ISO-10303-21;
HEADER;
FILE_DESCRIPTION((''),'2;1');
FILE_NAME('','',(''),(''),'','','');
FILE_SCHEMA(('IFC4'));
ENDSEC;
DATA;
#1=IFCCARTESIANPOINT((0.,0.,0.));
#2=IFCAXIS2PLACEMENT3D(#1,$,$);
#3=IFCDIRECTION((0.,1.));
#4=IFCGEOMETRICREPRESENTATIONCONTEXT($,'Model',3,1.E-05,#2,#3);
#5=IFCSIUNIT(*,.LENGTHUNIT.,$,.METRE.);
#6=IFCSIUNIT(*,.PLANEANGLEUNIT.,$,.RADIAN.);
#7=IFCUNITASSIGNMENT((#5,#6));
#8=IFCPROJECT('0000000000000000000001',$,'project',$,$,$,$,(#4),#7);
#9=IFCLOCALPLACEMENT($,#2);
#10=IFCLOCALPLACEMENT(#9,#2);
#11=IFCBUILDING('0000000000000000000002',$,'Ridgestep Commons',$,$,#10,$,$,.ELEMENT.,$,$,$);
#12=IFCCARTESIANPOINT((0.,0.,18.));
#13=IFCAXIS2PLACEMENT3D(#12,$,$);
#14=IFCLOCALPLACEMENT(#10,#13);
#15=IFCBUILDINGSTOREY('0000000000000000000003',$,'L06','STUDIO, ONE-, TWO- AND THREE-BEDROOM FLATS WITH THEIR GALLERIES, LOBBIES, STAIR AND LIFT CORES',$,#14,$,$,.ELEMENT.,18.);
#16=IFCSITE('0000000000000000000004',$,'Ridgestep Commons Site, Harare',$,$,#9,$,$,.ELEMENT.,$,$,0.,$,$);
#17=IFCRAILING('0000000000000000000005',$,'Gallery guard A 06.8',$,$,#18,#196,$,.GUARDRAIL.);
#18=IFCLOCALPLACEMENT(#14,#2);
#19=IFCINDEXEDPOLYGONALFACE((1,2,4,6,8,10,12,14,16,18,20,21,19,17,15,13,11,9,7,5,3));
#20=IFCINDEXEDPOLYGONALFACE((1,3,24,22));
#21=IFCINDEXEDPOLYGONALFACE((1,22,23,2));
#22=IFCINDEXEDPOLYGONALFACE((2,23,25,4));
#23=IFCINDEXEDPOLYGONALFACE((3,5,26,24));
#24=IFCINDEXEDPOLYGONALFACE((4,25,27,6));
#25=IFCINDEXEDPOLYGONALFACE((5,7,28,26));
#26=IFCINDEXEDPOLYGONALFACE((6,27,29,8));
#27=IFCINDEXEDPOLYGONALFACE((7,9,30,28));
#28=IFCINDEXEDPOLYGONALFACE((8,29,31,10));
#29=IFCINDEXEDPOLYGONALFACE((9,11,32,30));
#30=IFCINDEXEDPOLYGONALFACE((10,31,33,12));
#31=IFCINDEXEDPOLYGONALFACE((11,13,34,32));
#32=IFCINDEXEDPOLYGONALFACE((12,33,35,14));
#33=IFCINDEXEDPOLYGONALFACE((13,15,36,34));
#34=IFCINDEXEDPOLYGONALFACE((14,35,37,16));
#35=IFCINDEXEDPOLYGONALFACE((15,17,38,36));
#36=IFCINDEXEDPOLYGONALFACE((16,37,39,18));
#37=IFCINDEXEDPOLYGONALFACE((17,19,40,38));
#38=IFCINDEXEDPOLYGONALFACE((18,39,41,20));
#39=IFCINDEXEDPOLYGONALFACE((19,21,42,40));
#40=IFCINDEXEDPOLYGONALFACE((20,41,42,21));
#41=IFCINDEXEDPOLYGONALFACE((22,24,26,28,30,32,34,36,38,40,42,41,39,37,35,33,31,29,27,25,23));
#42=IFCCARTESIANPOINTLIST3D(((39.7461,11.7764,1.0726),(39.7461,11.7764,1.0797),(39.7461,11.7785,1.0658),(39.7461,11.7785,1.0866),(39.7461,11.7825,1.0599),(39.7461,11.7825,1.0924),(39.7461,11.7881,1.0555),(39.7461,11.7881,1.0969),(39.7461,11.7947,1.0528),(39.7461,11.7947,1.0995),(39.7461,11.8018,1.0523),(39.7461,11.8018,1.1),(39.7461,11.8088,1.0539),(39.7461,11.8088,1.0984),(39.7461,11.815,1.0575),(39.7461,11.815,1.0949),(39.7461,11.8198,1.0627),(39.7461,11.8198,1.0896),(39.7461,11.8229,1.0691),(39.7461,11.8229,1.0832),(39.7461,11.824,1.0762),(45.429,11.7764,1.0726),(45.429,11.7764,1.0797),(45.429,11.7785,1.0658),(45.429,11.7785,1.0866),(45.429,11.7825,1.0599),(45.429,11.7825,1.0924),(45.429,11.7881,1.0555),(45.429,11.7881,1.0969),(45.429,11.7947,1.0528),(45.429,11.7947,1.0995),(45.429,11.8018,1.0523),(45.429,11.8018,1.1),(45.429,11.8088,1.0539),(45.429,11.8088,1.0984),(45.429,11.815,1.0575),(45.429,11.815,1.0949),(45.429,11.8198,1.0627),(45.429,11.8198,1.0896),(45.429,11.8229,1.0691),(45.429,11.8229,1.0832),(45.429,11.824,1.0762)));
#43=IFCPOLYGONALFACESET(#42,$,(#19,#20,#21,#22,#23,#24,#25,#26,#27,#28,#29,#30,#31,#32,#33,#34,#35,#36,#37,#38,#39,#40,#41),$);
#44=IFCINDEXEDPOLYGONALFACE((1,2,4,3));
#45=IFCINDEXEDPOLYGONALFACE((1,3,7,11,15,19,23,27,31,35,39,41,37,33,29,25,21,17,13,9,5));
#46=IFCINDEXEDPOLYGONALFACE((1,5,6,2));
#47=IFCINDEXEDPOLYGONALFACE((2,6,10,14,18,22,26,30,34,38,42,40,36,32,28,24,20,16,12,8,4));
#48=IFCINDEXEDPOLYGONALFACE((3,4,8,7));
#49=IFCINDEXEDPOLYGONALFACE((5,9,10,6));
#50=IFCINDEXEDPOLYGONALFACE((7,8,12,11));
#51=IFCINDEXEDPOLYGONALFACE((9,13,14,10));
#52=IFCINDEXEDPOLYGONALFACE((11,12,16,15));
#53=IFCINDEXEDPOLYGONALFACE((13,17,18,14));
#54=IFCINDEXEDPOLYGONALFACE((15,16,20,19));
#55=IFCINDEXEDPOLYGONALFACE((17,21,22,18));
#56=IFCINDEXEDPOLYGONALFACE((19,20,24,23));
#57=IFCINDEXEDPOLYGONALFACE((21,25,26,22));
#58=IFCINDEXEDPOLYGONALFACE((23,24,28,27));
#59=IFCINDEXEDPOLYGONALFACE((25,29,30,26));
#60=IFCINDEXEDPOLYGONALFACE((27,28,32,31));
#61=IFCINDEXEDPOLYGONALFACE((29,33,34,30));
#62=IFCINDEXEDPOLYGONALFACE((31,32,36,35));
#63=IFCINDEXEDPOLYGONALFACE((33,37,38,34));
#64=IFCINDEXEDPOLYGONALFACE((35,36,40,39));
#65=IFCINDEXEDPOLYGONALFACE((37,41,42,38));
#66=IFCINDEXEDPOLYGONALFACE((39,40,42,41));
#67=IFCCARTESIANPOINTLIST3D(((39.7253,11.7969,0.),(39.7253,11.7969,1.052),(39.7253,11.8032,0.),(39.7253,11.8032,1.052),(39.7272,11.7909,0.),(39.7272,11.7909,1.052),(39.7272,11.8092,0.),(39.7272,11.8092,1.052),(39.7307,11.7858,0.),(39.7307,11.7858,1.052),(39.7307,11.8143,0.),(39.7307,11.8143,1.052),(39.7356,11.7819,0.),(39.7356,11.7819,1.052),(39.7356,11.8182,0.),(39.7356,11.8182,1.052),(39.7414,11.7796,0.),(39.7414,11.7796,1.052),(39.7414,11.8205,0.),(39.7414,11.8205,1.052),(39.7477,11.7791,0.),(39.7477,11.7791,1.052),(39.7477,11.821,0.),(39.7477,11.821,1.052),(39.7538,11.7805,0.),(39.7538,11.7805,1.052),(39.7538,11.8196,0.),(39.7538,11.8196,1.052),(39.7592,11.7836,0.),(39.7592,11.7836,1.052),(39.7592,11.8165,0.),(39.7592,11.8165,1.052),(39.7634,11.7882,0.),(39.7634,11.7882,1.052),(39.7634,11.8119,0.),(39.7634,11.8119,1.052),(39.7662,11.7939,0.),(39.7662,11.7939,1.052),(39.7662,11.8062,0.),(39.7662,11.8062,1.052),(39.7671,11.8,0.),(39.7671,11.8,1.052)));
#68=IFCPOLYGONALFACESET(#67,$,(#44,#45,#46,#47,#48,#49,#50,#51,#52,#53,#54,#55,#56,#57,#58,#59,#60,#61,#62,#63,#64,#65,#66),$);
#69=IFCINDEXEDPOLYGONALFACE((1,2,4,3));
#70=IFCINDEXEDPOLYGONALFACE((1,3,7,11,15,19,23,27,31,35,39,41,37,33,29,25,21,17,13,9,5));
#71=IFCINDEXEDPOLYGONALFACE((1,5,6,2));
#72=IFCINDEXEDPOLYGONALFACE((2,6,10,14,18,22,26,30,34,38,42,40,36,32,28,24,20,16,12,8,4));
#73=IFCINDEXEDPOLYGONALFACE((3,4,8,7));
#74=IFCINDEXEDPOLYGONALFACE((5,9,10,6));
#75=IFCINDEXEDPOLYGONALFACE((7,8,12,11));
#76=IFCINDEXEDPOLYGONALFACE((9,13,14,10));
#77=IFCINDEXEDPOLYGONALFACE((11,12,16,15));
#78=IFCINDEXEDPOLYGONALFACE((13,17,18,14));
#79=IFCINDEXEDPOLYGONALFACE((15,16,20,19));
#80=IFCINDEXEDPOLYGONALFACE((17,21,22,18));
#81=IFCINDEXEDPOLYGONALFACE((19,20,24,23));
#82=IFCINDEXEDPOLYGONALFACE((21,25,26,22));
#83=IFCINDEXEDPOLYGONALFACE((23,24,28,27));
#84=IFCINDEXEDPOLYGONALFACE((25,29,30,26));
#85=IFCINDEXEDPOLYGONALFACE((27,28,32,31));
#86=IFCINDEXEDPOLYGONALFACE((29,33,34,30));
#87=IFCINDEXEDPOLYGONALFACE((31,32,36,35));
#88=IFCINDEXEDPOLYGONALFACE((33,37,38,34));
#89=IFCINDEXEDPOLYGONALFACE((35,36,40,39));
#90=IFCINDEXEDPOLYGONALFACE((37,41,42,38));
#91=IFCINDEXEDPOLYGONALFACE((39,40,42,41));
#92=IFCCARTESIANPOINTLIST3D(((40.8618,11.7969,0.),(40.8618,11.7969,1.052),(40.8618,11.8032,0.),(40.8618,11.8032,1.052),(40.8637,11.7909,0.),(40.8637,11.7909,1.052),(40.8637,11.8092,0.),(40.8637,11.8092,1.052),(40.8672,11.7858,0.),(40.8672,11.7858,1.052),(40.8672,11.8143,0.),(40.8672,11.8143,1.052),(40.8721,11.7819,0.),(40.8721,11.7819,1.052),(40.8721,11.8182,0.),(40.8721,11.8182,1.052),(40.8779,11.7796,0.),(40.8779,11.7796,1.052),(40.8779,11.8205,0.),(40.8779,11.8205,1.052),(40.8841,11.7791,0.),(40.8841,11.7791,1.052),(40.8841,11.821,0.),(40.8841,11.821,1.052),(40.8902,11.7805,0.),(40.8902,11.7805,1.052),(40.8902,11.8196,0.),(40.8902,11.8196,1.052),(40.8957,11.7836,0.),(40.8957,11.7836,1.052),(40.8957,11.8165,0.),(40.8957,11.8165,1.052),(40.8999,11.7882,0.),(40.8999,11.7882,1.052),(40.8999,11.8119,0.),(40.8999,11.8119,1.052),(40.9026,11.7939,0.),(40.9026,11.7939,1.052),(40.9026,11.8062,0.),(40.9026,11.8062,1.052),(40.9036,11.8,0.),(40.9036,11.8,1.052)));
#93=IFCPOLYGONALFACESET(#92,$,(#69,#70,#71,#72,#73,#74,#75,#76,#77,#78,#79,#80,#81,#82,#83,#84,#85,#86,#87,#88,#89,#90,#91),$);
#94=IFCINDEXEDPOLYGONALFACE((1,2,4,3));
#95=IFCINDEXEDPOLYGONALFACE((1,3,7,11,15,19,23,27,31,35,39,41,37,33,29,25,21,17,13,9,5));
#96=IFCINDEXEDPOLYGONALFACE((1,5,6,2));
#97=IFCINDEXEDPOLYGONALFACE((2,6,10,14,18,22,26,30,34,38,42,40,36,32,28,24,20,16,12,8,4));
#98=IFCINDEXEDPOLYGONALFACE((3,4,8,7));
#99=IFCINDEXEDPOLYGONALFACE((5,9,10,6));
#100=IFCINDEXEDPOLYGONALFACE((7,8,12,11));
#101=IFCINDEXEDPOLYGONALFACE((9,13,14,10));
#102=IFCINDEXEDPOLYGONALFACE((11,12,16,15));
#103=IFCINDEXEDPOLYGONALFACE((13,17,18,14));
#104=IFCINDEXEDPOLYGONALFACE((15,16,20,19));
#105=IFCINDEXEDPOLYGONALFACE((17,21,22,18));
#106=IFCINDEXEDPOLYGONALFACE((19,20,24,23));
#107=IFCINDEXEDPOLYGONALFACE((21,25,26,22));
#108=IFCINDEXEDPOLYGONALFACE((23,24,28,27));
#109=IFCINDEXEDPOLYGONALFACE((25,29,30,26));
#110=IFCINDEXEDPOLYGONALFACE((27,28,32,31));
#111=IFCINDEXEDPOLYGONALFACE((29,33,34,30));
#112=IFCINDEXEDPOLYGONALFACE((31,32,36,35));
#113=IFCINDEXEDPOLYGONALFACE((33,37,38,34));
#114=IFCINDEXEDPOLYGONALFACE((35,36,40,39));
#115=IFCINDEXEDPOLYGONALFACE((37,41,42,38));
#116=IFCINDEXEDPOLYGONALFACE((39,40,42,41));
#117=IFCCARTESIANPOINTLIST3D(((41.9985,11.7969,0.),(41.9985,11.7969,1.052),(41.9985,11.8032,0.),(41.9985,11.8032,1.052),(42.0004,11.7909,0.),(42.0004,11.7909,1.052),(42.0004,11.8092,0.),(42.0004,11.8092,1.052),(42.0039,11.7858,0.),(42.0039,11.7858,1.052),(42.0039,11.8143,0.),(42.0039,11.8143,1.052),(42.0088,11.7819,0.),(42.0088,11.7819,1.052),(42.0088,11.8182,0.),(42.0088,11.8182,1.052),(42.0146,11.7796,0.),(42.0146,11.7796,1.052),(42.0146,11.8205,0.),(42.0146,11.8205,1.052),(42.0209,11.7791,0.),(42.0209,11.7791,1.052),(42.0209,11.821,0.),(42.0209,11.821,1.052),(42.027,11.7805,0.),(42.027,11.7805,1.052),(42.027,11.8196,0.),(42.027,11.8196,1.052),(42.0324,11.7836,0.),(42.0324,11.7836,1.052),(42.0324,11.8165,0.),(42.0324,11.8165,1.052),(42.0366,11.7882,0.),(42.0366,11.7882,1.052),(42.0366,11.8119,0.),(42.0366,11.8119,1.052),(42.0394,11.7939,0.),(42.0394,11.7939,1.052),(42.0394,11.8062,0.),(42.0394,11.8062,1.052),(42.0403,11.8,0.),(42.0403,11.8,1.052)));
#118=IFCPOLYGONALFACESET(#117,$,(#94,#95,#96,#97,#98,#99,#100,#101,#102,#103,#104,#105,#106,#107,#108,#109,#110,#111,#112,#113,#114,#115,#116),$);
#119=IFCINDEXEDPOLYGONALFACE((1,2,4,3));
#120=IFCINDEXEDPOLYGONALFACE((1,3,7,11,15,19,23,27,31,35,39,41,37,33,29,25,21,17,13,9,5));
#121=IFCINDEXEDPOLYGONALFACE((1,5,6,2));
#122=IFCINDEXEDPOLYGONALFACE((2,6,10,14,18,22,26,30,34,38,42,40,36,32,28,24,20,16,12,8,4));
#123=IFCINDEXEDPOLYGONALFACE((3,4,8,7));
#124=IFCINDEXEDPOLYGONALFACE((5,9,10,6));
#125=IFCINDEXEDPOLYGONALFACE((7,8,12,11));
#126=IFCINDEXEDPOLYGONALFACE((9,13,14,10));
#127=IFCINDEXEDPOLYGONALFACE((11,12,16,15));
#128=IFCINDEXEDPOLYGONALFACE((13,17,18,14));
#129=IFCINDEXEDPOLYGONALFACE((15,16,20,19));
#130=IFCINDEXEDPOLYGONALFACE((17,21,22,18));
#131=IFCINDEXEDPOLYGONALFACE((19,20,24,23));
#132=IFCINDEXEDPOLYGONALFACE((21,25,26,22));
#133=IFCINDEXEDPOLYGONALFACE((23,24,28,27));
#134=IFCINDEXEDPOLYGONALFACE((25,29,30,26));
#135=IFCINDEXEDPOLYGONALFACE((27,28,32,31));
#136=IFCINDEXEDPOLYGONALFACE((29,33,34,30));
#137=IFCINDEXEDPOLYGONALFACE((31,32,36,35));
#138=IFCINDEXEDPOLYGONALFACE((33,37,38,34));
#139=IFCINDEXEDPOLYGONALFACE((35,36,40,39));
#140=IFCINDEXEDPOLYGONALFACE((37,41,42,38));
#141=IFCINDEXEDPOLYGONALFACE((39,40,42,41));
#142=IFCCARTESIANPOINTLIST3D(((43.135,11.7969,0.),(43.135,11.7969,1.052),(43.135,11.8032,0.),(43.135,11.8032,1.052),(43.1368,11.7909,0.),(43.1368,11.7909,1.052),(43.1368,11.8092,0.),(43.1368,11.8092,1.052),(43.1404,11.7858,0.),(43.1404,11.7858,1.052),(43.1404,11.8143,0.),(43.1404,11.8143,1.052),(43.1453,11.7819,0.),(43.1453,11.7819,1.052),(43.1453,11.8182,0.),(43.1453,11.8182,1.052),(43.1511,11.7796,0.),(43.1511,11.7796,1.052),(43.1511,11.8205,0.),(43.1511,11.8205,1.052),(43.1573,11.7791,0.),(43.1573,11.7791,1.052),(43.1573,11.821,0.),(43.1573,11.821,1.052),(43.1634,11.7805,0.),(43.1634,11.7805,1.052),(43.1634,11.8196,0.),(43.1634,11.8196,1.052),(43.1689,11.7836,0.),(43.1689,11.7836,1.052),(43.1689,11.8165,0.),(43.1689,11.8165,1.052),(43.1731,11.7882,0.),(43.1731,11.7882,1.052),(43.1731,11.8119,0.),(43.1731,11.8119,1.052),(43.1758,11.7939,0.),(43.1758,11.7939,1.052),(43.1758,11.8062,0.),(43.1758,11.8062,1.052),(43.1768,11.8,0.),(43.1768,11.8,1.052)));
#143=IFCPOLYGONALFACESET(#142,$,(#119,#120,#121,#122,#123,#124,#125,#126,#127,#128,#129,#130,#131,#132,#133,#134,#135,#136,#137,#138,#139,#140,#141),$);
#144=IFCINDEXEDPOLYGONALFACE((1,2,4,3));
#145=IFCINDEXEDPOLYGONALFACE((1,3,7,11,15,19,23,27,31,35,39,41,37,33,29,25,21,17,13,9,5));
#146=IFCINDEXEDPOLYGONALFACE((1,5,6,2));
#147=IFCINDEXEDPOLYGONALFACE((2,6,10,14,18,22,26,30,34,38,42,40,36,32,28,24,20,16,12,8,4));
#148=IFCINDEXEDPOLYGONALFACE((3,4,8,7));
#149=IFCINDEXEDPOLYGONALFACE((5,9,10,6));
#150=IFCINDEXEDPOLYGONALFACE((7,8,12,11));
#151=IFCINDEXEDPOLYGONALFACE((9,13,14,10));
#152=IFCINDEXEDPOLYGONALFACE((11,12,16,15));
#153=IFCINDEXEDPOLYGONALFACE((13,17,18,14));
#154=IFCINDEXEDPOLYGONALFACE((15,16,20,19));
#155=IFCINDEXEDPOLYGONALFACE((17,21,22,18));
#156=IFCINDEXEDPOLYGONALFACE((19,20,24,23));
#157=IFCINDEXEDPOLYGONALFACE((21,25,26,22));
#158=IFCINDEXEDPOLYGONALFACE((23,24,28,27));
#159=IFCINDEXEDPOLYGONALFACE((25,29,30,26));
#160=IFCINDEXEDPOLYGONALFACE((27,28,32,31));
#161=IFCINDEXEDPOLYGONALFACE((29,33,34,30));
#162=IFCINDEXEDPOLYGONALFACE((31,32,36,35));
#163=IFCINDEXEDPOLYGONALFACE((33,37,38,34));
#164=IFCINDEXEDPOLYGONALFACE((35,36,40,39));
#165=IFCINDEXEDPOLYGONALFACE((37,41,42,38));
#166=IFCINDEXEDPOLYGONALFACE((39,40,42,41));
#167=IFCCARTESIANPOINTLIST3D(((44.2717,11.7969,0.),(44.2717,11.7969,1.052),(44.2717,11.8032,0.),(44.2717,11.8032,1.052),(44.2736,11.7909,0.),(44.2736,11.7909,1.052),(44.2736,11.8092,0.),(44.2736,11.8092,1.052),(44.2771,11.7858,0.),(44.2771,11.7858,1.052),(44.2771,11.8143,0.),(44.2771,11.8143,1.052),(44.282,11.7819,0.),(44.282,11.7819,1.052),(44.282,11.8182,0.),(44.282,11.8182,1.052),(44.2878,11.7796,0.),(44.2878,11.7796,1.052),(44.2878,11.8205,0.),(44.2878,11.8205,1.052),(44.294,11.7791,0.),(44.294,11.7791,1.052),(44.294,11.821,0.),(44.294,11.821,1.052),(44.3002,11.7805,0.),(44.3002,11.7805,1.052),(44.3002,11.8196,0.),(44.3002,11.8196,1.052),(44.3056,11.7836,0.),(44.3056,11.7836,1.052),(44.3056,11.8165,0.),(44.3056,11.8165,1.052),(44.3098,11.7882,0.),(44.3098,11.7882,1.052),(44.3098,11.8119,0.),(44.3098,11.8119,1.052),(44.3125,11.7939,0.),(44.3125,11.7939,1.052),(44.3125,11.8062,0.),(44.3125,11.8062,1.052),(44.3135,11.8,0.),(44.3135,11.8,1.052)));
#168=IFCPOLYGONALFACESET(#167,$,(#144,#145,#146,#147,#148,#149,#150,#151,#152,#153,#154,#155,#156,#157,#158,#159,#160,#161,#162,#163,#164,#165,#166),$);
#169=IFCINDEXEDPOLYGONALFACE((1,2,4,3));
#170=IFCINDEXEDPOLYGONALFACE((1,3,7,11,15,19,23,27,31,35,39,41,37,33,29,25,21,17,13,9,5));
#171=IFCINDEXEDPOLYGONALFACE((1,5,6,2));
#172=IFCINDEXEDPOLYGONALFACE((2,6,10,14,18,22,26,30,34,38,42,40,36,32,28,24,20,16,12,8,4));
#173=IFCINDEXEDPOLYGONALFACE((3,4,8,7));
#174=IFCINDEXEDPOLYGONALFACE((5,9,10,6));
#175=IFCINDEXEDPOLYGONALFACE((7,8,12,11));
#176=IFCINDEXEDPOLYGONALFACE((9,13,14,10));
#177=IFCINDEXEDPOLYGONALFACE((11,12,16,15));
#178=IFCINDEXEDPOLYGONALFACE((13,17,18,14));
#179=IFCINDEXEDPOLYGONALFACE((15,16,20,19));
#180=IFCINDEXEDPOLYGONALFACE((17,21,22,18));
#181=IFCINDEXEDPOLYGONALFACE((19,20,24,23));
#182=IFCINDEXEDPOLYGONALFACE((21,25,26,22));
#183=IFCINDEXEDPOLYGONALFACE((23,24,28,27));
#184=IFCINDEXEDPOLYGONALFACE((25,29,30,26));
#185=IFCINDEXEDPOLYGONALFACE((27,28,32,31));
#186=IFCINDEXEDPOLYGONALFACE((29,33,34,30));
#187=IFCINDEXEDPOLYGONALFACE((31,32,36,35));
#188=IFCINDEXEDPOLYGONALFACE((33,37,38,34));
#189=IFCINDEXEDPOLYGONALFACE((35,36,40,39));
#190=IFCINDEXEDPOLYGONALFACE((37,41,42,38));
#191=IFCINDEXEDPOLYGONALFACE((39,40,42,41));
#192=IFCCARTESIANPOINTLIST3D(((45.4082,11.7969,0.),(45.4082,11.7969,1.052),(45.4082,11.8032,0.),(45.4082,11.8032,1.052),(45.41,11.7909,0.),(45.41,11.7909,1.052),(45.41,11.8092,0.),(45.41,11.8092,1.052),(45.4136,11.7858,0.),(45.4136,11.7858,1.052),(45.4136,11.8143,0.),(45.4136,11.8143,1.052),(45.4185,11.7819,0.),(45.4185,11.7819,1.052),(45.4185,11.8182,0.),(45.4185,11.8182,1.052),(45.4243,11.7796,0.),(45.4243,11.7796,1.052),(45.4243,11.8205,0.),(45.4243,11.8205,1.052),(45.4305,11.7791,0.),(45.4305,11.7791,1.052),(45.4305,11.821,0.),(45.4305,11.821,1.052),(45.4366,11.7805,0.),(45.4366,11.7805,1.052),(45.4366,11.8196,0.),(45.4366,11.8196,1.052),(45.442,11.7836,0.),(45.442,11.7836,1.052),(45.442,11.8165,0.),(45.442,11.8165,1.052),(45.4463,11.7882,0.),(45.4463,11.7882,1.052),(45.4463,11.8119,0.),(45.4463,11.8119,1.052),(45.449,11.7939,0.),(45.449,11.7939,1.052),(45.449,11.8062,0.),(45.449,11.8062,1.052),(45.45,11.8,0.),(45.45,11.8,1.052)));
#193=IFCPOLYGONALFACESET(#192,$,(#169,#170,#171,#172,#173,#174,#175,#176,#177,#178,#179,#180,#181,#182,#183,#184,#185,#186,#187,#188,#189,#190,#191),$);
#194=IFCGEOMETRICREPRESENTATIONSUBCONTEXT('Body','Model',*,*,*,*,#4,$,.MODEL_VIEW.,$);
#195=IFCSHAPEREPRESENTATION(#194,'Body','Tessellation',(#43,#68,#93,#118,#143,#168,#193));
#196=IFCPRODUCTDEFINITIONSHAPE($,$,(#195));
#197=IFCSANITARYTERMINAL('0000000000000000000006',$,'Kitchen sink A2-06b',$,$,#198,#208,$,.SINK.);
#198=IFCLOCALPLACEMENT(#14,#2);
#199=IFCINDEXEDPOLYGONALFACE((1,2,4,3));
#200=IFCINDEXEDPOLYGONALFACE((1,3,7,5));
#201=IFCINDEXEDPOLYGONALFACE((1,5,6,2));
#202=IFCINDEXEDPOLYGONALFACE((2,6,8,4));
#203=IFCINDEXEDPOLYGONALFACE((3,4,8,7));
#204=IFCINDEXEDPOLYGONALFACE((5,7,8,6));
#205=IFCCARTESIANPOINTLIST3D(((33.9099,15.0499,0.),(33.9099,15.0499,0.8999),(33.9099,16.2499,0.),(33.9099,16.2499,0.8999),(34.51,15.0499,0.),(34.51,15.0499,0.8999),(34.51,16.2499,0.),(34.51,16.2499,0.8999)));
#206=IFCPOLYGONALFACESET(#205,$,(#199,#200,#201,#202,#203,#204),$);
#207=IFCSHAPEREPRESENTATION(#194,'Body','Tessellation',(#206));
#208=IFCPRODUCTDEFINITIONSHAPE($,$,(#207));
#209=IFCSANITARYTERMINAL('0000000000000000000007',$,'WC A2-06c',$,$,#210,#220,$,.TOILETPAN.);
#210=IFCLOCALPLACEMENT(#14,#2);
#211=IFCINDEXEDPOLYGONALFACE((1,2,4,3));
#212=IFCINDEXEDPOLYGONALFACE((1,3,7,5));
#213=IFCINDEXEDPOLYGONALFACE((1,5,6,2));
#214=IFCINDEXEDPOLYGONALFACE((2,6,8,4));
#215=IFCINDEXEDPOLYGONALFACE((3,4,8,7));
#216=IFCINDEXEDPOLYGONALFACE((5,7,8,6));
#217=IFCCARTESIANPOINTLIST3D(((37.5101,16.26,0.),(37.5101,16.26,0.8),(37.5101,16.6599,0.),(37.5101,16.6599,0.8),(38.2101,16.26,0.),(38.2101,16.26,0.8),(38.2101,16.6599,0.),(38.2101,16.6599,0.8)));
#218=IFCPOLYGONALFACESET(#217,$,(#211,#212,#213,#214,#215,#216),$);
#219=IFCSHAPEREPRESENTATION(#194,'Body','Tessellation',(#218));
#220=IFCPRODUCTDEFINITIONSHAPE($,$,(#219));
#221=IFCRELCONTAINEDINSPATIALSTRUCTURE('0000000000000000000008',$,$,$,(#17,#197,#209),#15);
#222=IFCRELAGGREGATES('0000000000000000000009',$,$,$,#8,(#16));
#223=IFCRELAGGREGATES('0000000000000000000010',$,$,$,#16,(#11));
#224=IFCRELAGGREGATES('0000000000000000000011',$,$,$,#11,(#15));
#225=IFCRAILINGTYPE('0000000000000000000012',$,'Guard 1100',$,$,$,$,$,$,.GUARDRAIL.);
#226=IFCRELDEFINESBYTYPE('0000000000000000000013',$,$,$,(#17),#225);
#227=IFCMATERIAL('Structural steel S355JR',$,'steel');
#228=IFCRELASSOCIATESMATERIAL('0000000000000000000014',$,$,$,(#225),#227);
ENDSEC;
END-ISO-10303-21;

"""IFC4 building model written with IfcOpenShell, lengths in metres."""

from ifc_helpers import new_model, si_unit, direction, frame, origin, origin_2d, place, context, subcontext, project, spatial, rectangle, circle, extrude, material, type_object, element, save


model = new_model("IFC4")

# Units and contexts
model_context = context("Model", 3, precision=1e-05, world=origin(), true_north=direction((0.0, 1.0)))
body_context = subcontext(model_context, "Body", "Model", "MODEL_VIEW")
ifc_project = project(units=[si_unit("LENGTHUNIT", "METRE"), si_unit("PLANEANGLEUNIT", "RADIAN")], contexts=[model_context])

# Site, building, storey
site_placement = place(None, origin())
site = spatial("IfcSite", under=ifc_project, at=site_placement, Name="Ridgestep Commons Site, Harare", CompositionType="ELEMENT", RefElevation=0.0)
building_placement = place(site_placement, origin())
building = spatial("IfcBuilding", under=site, at=building_placement, Name="Ridgestep Commons", CompositionType="ELEMENT")
storey_placement = place(building_placement, frame((0.0, 0.0, 18.0)))
storey = spatial("IfcBuildingStorey", under=building, at=storey_placement, Name="L06", Description="STUDIO, ONE-, TWO- AND THREE-BEDROOM FLATS WITH THEIR GALLERIES, LOBBIES, STAIR AND LIFT CORES", CompositionType="ELEMENT", Elevation=18.0)

# Railing
ifc_material_1 = material(Name="Structural steel S355JR", Category="steel")
railing_type = type_object("IfcRailingType", Name="Guard 1100", PredefinedType="GUARDRAIL", material=ifc_material_1)
railing_1_placement = place(storey_placement, frame((39.7461, 11.8, 0.0)))
element("IfcRailing", 1, at=railing_1_placement, inside=storey, type_object=railing_type, Name="Gallery guard A 06.8", PredefinedType="GUARDRAIL", context=body_context, shape_type="SweptSolid", body=[
    extrude(circle(Radius=0.0239, at=origin_2d()), frame((0.0, 0.0, 1.0762), z_axis=(1.0, 0.0, 0.0), x_axis=(0.0, 1.0, 0.0)), (0.0, 0.0, 1.0), 5.6829),
    extrude(circle(Radius=0.021, at=origin_2d()), origin(), (0.0, 0.0, 1.0), 1.052),
    extrude(circle(Radius=0.021, at=origin_2d()), frame((1.1365, 0.0, 0.0)), (0.0, 0.0, 1.0), 1.052),
    extrude(circle(Radius=0.021, at=origin_2d()), frame((2.2732, 0.0, 0.0)), (0.0, 0.0, 1.0), 1.052),
    extrude(circle(Radius=0.021, at=origin_2d()), frame((3.4097, 0.0, 0.0)), (0.0, 0.0, 1.0), 1.052),
    extrude(circle(Radius=0.021, at=origin_2d()), frame((4.5464, 0.0, 0.0)), (0.0, 0.0, 1.0), 1.052),
    extrude(circle(Radius=0.021, at=origin_2d()), frame((5.6829, 0.0, 0.0)), (0.0, 0.0, 1.0), 1.052),
])

# Sanitary terminals
sanitary_terminal_1_placement = place(storey_placement, frame((34.21, 15.6499, 0.0), z_axis=(0.0, 0.0, 1.0), x_axis=(1.0, 0.0, 0.0)))
element("IfcSanitaryTerminal", 2, at=sanitary_terminal_1_placement, inside=storey, Name="Kitchen sink A2-06b", PredefinedType="SINK", context=body_context, shape_type="SweptSolid", body=[
    extrude(rectangle(XDim=0.6001, YDim=1.2, at=origin_2d()), origin(), (0.0, 0.0, 1.0), 0.8999),
])
sanitary_terminal_2_placement = place(storey_placement, frame((37.8601, 16.46, 0.0), z_axis=(0.0, 0.0, 1.0), x_axis=(1.0, 0.0, 0.0)))
element("IfcSanitaryTerminal", 3, at=sanitary_terminal_2_placement, inside=storey, Name="WC A2-06c", PredefinedType="TOILETPAN", context=body_context, shape_type="SweptSolid", body=[
    extrude(rectangle(XDim=0.7, YDim=0.3999, at=origin_2d()), origin(), (0.0, 0.0, 1.0), 0.8),
])

save(model, "model.ifc")
